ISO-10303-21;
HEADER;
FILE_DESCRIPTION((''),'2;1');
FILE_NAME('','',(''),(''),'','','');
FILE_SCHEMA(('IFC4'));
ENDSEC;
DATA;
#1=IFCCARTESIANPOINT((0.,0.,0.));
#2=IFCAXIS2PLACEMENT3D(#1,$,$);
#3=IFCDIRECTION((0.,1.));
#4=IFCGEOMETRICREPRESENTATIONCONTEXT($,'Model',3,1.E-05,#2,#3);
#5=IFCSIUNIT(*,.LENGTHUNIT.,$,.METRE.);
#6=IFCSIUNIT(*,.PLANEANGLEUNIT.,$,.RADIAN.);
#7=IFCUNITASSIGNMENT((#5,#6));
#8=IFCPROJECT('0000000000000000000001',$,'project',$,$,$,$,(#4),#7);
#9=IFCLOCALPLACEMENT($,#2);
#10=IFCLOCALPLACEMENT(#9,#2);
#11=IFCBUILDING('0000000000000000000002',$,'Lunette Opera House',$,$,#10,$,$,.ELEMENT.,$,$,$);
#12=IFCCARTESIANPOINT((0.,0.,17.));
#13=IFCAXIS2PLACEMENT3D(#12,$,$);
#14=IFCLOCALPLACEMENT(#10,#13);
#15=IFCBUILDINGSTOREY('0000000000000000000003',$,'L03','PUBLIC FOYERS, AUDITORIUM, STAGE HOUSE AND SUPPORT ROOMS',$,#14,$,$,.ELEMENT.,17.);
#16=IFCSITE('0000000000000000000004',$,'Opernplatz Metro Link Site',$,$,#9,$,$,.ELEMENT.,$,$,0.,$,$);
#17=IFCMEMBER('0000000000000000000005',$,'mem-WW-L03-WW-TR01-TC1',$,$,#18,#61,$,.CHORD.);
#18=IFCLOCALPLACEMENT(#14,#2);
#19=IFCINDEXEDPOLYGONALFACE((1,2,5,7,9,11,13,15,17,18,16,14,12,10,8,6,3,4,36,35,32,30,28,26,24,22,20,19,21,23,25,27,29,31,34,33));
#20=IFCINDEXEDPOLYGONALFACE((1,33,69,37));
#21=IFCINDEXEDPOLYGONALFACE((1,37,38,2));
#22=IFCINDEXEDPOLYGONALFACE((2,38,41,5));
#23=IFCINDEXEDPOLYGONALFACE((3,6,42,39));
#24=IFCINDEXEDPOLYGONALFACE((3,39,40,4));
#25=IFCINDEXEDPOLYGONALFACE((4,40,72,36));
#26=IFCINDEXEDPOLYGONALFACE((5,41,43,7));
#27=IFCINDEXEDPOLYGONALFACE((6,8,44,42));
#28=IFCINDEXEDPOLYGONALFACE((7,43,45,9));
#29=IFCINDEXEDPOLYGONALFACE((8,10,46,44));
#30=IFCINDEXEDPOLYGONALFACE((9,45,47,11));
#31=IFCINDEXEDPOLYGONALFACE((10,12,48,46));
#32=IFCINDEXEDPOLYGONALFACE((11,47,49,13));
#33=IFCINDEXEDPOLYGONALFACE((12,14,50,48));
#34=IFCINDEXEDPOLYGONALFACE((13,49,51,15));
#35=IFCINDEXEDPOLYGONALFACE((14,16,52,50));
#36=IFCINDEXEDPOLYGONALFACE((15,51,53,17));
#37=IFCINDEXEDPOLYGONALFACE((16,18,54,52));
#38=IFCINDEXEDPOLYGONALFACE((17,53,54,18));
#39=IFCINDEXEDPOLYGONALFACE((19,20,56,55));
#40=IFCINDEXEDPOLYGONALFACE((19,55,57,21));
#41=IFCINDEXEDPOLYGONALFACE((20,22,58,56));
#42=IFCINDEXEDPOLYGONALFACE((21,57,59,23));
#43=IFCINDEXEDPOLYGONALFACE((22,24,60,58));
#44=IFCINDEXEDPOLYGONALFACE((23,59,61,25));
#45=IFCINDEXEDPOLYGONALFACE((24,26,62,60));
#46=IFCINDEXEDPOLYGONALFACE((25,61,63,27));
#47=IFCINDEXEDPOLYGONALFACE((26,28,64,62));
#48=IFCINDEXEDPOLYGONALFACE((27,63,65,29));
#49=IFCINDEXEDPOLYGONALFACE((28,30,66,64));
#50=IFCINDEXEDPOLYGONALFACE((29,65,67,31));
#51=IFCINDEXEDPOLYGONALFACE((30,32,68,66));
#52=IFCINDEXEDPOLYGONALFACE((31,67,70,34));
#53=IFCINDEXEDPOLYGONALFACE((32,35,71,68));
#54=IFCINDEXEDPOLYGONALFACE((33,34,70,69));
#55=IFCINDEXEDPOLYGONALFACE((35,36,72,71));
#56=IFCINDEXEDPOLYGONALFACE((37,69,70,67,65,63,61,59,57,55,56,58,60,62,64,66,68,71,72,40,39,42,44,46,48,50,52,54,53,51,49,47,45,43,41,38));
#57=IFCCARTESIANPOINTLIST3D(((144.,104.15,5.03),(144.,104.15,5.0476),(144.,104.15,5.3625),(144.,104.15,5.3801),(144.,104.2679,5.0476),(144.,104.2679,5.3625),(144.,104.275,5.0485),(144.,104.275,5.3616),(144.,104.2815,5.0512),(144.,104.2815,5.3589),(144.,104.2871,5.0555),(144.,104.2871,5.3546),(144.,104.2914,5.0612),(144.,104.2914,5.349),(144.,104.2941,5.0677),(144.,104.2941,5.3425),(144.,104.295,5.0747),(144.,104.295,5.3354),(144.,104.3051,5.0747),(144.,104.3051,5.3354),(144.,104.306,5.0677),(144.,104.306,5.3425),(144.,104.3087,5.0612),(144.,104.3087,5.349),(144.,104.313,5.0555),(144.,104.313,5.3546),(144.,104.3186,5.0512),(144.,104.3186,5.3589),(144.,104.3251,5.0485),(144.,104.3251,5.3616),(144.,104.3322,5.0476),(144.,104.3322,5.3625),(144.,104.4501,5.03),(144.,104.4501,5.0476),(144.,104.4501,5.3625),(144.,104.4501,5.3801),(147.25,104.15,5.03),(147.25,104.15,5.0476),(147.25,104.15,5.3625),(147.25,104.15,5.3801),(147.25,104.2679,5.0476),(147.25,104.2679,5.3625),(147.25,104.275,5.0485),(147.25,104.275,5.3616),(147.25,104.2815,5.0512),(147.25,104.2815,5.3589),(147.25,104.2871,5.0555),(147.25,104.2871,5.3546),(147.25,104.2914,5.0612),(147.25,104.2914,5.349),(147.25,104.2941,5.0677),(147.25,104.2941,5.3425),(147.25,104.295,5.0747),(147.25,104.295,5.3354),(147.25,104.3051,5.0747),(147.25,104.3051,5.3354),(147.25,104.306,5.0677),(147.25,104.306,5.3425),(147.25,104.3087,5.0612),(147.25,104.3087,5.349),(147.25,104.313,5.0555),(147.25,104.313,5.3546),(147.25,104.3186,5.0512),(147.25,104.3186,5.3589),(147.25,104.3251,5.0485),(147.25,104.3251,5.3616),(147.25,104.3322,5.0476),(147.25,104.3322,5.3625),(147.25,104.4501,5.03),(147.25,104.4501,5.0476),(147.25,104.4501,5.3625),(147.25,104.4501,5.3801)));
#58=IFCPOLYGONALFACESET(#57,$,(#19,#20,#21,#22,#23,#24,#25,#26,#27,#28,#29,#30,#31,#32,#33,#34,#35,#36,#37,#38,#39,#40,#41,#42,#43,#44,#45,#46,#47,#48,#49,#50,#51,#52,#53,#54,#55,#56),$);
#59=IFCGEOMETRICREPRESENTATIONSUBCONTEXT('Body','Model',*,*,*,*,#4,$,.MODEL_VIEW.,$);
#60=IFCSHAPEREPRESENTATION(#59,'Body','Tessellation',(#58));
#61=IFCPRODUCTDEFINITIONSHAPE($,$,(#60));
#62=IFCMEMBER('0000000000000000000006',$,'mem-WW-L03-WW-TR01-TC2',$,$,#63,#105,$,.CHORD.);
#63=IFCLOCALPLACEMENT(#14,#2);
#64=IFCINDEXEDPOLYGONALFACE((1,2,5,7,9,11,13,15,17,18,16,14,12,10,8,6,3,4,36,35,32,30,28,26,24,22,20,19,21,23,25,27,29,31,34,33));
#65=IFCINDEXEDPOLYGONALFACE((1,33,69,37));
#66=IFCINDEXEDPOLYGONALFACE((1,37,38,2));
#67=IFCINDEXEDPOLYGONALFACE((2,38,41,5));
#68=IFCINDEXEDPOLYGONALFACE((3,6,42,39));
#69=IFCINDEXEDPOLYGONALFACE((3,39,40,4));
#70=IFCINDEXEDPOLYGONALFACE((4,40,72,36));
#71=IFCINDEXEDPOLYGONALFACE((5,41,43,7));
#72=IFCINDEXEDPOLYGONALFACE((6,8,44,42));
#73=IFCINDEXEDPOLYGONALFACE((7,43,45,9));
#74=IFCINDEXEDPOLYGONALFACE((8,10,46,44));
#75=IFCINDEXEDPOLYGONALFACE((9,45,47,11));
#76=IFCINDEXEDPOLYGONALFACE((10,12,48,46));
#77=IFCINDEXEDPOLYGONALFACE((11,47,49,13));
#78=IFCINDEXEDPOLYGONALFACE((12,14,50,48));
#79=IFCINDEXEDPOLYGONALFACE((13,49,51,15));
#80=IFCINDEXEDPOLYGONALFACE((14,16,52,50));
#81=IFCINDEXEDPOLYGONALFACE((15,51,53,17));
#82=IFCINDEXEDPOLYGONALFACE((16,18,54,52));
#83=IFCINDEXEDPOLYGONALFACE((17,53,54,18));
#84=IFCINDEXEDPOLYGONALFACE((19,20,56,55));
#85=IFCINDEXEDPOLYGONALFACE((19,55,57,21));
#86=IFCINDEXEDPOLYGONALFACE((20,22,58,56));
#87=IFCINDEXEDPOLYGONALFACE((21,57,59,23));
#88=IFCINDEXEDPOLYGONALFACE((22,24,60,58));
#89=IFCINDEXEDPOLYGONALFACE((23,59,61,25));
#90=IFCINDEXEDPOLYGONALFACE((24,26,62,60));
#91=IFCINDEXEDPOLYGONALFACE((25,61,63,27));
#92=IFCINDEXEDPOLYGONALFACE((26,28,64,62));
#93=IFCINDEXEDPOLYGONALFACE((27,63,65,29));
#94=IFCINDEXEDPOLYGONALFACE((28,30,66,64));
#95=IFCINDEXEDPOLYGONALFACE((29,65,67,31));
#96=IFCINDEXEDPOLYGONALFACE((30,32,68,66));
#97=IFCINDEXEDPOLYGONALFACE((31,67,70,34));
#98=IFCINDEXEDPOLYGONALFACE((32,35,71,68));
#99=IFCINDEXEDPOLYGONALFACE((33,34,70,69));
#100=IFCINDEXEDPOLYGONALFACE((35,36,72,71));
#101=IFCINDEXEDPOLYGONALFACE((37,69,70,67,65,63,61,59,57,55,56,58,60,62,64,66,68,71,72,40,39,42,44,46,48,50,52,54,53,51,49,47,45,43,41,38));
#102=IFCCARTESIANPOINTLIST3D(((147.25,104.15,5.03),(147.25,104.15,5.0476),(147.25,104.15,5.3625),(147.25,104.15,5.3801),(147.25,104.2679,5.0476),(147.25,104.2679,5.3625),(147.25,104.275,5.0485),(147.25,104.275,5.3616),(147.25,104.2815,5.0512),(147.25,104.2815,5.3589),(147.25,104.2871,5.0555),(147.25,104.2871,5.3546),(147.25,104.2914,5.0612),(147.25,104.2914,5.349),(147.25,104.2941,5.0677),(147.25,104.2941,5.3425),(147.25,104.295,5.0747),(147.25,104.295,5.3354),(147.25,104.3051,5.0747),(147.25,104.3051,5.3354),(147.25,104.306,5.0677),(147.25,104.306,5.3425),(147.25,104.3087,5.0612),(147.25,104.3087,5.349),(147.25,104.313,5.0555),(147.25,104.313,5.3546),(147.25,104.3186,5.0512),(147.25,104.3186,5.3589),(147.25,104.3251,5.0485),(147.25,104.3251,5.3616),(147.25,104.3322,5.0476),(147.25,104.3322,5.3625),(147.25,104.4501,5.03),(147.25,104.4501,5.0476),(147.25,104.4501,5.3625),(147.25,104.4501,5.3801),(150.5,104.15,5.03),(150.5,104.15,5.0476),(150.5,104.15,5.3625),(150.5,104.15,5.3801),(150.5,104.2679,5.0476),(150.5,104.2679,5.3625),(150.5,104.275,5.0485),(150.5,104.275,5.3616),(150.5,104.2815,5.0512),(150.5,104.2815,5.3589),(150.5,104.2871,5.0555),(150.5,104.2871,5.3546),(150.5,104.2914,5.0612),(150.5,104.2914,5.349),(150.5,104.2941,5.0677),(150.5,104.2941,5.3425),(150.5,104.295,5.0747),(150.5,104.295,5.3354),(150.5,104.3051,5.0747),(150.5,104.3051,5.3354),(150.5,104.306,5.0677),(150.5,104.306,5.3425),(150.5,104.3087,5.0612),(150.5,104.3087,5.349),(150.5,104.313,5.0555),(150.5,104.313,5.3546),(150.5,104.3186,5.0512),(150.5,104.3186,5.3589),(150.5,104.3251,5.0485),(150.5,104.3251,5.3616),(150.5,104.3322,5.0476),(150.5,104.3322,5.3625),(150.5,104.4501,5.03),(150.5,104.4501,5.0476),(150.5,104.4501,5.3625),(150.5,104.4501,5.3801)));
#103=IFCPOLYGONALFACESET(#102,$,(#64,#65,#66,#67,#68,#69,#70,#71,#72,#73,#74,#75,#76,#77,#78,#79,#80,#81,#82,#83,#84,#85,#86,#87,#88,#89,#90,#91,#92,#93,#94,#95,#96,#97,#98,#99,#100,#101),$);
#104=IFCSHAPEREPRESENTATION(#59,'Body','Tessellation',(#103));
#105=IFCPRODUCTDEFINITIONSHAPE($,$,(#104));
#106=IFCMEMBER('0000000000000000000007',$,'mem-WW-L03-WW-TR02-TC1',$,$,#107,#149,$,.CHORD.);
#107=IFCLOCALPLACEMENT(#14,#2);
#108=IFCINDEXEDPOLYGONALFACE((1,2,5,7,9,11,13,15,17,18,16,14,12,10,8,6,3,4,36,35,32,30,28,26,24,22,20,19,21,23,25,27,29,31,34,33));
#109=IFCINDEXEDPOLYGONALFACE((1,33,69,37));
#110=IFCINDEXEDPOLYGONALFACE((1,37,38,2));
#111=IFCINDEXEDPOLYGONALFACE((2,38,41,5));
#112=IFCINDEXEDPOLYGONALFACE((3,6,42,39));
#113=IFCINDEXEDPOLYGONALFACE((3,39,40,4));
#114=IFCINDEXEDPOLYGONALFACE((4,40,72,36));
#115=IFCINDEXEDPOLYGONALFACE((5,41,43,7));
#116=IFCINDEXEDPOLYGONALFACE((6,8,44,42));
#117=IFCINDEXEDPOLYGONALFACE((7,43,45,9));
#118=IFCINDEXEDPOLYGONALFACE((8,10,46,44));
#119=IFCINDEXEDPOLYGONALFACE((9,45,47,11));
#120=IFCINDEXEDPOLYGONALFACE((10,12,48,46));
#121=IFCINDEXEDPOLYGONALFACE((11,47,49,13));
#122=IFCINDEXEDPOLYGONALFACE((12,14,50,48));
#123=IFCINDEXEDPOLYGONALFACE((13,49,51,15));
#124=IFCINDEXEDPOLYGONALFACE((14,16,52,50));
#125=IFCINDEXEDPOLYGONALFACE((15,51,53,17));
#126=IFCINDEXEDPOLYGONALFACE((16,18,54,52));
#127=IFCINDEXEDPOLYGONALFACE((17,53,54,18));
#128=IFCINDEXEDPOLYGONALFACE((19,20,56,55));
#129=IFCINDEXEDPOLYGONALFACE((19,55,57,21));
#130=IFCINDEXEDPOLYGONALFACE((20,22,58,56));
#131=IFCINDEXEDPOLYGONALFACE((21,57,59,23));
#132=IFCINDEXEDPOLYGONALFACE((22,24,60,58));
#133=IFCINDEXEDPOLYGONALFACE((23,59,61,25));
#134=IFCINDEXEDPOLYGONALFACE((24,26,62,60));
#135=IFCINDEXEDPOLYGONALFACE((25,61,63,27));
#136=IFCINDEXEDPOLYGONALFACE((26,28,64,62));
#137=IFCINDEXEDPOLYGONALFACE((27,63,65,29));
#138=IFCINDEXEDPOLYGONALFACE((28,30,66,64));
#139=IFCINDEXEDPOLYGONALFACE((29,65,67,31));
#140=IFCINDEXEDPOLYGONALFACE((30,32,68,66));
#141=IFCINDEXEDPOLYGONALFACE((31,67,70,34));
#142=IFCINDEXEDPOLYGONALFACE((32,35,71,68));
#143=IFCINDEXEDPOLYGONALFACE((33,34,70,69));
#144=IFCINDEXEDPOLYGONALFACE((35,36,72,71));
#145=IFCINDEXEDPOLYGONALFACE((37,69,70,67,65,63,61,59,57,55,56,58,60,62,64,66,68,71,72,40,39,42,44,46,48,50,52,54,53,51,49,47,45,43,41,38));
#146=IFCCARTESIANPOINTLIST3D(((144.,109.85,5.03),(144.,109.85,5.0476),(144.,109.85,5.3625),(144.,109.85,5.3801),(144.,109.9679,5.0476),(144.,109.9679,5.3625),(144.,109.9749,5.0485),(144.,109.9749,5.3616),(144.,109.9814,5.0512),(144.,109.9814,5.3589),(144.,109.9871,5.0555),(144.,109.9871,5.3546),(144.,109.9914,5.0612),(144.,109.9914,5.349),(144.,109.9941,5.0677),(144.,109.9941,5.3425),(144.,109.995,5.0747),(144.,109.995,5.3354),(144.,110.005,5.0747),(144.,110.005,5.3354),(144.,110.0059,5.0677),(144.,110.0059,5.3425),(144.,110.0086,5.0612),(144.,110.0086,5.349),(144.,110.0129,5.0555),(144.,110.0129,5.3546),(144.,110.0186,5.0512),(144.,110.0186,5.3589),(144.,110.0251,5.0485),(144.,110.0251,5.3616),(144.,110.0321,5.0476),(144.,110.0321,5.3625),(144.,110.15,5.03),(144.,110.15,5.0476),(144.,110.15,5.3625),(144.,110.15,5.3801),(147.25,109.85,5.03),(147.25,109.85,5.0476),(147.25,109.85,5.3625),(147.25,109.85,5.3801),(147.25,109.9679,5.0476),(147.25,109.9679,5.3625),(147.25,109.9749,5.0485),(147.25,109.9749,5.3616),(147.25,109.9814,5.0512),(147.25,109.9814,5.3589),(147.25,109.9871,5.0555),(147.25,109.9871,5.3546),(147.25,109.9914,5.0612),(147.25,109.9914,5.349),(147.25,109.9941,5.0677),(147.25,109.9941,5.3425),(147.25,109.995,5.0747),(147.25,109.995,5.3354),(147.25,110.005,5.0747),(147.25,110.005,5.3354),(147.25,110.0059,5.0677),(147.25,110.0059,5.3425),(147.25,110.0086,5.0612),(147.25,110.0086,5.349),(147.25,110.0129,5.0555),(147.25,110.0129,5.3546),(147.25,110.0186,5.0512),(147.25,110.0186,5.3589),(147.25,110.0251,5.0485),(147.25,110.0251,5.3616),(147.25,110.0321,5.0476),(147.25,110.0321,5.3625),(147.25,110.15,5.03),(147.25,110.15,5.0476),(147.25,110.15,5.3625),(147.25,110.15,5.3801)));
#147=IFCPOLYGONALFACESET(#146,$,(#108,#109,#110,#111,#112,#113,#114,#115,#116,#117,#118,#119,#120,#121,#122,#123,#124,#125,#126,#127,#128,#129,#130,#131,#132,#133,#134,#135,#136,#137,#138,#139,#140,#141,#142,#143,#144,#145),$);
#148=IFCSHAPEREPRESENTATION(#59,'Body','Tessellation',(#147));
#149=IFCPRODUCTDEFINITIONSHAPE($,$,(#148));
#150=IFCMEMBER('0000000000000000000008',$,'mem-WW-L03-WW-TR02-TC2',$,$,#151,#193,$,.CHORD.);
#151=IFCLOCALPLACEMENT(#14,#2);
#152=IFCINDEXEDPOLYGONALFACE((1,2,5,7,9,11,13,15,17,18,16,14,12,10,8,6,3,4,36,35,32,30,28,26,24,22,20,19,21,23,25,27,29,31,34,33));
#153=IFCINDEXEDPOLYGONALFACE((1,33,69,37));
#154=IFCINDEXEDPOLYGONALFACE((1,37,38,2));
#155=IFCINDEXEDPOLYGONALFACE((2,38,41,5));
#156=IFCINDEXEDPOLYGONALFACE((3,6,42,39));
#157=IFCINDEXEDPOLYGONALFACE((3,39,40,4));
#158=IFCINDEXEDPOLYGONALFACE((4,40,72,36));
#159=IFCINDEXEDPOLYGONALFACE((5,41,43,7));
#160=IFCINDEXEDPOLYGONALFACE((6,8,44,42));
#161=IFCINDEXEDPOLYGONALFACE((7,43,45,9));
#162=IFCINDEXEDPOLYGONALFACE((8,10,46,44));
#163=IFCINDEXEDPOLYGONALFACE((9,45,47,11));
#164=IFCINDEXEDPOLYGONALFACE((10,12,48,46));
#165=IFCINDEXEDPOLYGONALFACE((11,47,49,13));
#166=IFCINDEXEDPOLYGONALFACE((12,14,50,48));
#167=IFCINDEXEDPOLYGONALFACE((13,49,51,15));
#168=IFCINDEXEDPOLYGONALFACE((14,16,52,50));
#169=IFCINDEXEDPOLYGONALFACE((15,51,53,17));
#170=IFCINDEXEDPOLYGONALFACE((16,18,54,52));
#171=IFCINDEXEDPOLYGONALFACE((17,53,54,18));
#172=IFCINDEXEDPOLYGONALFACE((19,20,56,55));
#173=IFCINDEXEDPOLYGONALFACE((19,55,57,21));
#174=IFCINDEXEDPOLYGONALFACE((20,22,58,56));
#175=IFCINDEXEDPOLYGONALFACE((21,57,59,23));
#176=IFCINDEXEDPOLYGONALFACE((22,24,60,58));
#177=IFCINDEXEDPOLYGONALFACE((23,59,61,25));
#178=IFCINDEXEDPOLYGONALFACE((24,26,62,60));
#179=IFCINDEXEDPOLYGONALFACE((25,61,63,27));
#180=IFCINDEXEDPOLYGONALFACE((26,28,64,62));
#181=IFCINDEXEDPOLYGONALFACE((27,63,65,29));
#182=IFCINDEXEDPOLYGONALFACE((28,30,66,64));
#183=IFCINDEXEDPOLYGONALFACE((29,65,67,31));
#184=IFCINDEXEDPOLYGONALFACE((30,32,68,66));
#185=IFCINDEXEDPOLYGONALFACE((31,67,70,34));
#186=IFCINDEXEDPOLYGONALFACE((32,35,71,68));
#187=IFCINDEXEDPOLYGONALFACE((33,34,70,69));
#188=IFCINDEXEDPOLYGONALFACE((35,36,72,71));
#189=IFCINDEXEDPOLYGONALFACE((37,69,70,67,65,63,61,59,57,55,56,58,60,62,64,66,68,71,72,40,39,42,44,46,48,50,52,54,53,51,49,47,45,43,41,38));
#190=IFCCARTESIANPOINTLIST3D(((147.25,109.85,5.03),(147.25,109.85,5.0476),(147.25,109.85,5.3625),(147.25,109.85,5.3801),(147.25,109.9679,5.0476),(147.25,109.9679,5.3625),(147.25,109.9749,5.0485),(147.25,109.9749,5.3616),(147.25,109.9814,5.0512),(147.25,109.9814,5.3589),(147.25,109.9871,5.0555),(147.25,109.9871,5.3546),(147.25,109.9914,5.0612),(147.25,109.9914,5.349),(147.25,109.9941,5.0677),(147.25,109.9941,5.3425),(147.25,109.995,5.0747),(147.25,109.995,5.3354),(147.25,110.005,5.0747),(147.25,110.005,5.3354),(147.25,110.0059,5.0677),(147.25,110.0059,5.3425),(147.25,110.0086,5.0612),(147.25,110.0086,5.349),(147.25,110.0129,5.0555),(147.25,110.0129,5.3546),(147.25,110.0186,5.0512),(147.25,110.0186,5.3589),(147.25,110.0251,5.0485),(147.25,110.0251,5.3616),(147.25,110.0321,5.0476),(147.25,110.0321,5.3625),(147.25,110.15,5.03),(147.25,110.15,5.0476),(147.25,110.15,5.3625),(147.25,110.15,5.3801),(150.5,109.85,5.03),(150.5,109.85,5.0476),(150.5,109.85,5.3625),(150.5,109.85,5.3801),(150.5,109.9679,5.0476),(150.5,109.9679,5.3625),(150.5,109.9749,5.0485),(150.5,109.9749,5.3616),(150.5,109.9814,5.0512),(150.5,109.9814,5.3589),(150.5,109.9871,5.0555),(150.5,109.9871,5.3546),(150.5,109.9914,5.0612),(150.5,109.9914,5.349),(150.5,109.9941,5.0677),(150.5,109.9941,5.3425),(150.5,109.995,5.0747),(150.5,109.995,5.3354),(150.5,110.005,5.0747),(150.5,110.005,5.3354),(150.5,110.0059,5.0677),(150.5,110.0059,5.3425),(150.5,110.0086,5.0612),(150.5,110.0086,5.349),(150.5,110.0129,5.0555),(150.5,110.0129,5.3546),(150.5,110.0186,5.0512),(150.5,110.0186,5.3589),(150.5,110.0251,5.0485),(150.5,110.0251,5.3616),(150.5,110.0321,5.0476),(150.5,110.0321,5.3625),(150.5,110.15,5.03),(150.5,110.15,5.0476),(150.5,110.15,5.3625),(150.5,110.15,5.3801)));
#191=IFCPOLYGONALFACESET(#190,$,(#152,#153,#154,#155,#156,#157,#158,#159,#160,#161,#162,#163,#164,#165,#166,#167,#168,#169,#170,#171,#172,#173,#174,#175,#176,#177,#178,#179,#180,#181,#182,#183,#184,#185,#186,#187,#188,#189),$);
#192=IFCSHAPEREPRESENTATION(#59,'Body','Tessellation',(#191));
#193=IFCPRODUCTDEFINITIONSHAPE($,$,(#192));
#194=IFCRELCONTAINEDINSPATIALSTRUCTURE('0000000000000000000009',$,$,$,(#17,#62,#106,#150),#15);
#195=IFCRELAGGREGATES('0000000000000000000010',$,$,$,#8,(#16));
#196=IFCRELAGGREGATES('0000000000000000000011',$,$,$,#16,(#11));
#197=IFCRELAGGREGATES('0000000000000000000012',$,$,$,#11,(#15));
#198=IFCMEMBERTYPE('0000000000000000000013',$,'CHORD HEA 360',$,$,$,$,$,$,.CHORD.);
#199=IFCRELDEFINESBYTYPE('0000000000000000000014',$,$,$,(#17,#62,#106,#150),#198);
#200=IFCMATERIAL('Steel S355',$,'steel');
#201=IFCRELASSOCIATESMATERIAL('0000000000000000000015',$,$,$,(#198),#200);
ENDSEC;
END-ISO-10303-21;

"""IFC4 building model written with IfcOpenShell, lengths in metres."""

from ifc_helpers import new_model, si_unit, direction, frame, origin, origin_2d, place, context, subcontext, project, spatial, i_section, extrude, material, material_profile, profile_set, type_object, element, save


model = new_model("IFC4")

# Units and contexts
model_context = context("Model", 3, precision=1e-05, world=origin(), true_north=direction((0.0, 1.0)))
body_context = subcontext(model_context, "Body", "Model", "MODEL_VIEW")
ifc_project = project(units=[si_unit("LENGTHUNIT", "METRE"), si_unit("PLANEANGLEUNIT", "RADIAN")], contexts=[model_context])

# Site, building, storey
site_placement = place(None, origin())
site = spatial("IfcSite", under=ifc_project, at=site_placement, Name="Opernplatz Metro Link Site", CompositionType="ELEMENT", RefElevation=0.0)
building_placement = place(site_placement, origin())
building = spatial("IfcBuilding", under=site, at=building_placement, Name="Lunette Opera House", CompositionType="ELEMENT")
storey_placement = place(building_placement, frame((0.0, 0.0, 17.0)))
storey = spatial("IfcBuildingStorey", under=building, at=storey_placement, Name="L03", Description="PUBLIC FOYERS, AUDITORIUM, STAGE HOUSE AND SUPPORT ROOMS", CompositionType="ELEMENT", Elevation=17.0)

# Members
ifc_material_1 = material(Name="Steel S355", Category="steel")
ifc_material_profile_1 = material_profile(ifc_material_1, i_section(OverallWidth=0.3, OverallDepth=0.3501, WebThickness=0.01, FlangeThickness=0.0176, FilletRadius=0.0271, at=origin_2d()), Name="HEA 360")
ifc_profile_set_1 = profile_set([ifc_material_profile_1], Name="Steel S355")
member_type_1 = type_object("IfcMemberType", Name="CHORD HEA 360", PredefinedType="CHORD", material=ifc_profile_set_1)
for number, where, z_axis, x_axis, name in (
    (1, (144.0, 104.3, 5.2051), (1.0, 0.0, 0.0), (0.0, 1.0, 0.0), "mem-WW-L03-WW-TR01-TC1"),
    (2, (147.25, 104.3, 5.2051), (1.0, 0.0, 0.0), (0.0, 1.0, 0.0), "mem-WW-L03-WW-TR01-TC2"),
    (3, (144.0, 110.0, 5.2051), (1.0, 0.0, 0.0), (0.0, 1.0, 0.0), "mem-WW-L03-WW-TR02-TC1"),
    (4, (147.25, 110.0, 5.2051), (1.0, 0.0, 0.0), (0.0, 1.0, 0.0), "mem-WW-L03-WW-TR02-TC2"),
):
    element("IfcMember", number, at=place(storey_placement, frame(where, z_axis=z_axis, x_axis=x_axis)), inside=storey, type_object=member_type_1, Name=name, PredefinedType="CHORD", context=body_context, shape_type="SweptSolid", body=[
        extrude(i_section(OverallWidth=0.3, OverallDepth=0.3501, WebThickness=0.01, FlangeThickness=0.0176, FilletRadius=0.0271, at=origin_2d()), origin(), (0.0, 0.0, 1.0), 3.25),
    ])

save(model, "model.ifc")
